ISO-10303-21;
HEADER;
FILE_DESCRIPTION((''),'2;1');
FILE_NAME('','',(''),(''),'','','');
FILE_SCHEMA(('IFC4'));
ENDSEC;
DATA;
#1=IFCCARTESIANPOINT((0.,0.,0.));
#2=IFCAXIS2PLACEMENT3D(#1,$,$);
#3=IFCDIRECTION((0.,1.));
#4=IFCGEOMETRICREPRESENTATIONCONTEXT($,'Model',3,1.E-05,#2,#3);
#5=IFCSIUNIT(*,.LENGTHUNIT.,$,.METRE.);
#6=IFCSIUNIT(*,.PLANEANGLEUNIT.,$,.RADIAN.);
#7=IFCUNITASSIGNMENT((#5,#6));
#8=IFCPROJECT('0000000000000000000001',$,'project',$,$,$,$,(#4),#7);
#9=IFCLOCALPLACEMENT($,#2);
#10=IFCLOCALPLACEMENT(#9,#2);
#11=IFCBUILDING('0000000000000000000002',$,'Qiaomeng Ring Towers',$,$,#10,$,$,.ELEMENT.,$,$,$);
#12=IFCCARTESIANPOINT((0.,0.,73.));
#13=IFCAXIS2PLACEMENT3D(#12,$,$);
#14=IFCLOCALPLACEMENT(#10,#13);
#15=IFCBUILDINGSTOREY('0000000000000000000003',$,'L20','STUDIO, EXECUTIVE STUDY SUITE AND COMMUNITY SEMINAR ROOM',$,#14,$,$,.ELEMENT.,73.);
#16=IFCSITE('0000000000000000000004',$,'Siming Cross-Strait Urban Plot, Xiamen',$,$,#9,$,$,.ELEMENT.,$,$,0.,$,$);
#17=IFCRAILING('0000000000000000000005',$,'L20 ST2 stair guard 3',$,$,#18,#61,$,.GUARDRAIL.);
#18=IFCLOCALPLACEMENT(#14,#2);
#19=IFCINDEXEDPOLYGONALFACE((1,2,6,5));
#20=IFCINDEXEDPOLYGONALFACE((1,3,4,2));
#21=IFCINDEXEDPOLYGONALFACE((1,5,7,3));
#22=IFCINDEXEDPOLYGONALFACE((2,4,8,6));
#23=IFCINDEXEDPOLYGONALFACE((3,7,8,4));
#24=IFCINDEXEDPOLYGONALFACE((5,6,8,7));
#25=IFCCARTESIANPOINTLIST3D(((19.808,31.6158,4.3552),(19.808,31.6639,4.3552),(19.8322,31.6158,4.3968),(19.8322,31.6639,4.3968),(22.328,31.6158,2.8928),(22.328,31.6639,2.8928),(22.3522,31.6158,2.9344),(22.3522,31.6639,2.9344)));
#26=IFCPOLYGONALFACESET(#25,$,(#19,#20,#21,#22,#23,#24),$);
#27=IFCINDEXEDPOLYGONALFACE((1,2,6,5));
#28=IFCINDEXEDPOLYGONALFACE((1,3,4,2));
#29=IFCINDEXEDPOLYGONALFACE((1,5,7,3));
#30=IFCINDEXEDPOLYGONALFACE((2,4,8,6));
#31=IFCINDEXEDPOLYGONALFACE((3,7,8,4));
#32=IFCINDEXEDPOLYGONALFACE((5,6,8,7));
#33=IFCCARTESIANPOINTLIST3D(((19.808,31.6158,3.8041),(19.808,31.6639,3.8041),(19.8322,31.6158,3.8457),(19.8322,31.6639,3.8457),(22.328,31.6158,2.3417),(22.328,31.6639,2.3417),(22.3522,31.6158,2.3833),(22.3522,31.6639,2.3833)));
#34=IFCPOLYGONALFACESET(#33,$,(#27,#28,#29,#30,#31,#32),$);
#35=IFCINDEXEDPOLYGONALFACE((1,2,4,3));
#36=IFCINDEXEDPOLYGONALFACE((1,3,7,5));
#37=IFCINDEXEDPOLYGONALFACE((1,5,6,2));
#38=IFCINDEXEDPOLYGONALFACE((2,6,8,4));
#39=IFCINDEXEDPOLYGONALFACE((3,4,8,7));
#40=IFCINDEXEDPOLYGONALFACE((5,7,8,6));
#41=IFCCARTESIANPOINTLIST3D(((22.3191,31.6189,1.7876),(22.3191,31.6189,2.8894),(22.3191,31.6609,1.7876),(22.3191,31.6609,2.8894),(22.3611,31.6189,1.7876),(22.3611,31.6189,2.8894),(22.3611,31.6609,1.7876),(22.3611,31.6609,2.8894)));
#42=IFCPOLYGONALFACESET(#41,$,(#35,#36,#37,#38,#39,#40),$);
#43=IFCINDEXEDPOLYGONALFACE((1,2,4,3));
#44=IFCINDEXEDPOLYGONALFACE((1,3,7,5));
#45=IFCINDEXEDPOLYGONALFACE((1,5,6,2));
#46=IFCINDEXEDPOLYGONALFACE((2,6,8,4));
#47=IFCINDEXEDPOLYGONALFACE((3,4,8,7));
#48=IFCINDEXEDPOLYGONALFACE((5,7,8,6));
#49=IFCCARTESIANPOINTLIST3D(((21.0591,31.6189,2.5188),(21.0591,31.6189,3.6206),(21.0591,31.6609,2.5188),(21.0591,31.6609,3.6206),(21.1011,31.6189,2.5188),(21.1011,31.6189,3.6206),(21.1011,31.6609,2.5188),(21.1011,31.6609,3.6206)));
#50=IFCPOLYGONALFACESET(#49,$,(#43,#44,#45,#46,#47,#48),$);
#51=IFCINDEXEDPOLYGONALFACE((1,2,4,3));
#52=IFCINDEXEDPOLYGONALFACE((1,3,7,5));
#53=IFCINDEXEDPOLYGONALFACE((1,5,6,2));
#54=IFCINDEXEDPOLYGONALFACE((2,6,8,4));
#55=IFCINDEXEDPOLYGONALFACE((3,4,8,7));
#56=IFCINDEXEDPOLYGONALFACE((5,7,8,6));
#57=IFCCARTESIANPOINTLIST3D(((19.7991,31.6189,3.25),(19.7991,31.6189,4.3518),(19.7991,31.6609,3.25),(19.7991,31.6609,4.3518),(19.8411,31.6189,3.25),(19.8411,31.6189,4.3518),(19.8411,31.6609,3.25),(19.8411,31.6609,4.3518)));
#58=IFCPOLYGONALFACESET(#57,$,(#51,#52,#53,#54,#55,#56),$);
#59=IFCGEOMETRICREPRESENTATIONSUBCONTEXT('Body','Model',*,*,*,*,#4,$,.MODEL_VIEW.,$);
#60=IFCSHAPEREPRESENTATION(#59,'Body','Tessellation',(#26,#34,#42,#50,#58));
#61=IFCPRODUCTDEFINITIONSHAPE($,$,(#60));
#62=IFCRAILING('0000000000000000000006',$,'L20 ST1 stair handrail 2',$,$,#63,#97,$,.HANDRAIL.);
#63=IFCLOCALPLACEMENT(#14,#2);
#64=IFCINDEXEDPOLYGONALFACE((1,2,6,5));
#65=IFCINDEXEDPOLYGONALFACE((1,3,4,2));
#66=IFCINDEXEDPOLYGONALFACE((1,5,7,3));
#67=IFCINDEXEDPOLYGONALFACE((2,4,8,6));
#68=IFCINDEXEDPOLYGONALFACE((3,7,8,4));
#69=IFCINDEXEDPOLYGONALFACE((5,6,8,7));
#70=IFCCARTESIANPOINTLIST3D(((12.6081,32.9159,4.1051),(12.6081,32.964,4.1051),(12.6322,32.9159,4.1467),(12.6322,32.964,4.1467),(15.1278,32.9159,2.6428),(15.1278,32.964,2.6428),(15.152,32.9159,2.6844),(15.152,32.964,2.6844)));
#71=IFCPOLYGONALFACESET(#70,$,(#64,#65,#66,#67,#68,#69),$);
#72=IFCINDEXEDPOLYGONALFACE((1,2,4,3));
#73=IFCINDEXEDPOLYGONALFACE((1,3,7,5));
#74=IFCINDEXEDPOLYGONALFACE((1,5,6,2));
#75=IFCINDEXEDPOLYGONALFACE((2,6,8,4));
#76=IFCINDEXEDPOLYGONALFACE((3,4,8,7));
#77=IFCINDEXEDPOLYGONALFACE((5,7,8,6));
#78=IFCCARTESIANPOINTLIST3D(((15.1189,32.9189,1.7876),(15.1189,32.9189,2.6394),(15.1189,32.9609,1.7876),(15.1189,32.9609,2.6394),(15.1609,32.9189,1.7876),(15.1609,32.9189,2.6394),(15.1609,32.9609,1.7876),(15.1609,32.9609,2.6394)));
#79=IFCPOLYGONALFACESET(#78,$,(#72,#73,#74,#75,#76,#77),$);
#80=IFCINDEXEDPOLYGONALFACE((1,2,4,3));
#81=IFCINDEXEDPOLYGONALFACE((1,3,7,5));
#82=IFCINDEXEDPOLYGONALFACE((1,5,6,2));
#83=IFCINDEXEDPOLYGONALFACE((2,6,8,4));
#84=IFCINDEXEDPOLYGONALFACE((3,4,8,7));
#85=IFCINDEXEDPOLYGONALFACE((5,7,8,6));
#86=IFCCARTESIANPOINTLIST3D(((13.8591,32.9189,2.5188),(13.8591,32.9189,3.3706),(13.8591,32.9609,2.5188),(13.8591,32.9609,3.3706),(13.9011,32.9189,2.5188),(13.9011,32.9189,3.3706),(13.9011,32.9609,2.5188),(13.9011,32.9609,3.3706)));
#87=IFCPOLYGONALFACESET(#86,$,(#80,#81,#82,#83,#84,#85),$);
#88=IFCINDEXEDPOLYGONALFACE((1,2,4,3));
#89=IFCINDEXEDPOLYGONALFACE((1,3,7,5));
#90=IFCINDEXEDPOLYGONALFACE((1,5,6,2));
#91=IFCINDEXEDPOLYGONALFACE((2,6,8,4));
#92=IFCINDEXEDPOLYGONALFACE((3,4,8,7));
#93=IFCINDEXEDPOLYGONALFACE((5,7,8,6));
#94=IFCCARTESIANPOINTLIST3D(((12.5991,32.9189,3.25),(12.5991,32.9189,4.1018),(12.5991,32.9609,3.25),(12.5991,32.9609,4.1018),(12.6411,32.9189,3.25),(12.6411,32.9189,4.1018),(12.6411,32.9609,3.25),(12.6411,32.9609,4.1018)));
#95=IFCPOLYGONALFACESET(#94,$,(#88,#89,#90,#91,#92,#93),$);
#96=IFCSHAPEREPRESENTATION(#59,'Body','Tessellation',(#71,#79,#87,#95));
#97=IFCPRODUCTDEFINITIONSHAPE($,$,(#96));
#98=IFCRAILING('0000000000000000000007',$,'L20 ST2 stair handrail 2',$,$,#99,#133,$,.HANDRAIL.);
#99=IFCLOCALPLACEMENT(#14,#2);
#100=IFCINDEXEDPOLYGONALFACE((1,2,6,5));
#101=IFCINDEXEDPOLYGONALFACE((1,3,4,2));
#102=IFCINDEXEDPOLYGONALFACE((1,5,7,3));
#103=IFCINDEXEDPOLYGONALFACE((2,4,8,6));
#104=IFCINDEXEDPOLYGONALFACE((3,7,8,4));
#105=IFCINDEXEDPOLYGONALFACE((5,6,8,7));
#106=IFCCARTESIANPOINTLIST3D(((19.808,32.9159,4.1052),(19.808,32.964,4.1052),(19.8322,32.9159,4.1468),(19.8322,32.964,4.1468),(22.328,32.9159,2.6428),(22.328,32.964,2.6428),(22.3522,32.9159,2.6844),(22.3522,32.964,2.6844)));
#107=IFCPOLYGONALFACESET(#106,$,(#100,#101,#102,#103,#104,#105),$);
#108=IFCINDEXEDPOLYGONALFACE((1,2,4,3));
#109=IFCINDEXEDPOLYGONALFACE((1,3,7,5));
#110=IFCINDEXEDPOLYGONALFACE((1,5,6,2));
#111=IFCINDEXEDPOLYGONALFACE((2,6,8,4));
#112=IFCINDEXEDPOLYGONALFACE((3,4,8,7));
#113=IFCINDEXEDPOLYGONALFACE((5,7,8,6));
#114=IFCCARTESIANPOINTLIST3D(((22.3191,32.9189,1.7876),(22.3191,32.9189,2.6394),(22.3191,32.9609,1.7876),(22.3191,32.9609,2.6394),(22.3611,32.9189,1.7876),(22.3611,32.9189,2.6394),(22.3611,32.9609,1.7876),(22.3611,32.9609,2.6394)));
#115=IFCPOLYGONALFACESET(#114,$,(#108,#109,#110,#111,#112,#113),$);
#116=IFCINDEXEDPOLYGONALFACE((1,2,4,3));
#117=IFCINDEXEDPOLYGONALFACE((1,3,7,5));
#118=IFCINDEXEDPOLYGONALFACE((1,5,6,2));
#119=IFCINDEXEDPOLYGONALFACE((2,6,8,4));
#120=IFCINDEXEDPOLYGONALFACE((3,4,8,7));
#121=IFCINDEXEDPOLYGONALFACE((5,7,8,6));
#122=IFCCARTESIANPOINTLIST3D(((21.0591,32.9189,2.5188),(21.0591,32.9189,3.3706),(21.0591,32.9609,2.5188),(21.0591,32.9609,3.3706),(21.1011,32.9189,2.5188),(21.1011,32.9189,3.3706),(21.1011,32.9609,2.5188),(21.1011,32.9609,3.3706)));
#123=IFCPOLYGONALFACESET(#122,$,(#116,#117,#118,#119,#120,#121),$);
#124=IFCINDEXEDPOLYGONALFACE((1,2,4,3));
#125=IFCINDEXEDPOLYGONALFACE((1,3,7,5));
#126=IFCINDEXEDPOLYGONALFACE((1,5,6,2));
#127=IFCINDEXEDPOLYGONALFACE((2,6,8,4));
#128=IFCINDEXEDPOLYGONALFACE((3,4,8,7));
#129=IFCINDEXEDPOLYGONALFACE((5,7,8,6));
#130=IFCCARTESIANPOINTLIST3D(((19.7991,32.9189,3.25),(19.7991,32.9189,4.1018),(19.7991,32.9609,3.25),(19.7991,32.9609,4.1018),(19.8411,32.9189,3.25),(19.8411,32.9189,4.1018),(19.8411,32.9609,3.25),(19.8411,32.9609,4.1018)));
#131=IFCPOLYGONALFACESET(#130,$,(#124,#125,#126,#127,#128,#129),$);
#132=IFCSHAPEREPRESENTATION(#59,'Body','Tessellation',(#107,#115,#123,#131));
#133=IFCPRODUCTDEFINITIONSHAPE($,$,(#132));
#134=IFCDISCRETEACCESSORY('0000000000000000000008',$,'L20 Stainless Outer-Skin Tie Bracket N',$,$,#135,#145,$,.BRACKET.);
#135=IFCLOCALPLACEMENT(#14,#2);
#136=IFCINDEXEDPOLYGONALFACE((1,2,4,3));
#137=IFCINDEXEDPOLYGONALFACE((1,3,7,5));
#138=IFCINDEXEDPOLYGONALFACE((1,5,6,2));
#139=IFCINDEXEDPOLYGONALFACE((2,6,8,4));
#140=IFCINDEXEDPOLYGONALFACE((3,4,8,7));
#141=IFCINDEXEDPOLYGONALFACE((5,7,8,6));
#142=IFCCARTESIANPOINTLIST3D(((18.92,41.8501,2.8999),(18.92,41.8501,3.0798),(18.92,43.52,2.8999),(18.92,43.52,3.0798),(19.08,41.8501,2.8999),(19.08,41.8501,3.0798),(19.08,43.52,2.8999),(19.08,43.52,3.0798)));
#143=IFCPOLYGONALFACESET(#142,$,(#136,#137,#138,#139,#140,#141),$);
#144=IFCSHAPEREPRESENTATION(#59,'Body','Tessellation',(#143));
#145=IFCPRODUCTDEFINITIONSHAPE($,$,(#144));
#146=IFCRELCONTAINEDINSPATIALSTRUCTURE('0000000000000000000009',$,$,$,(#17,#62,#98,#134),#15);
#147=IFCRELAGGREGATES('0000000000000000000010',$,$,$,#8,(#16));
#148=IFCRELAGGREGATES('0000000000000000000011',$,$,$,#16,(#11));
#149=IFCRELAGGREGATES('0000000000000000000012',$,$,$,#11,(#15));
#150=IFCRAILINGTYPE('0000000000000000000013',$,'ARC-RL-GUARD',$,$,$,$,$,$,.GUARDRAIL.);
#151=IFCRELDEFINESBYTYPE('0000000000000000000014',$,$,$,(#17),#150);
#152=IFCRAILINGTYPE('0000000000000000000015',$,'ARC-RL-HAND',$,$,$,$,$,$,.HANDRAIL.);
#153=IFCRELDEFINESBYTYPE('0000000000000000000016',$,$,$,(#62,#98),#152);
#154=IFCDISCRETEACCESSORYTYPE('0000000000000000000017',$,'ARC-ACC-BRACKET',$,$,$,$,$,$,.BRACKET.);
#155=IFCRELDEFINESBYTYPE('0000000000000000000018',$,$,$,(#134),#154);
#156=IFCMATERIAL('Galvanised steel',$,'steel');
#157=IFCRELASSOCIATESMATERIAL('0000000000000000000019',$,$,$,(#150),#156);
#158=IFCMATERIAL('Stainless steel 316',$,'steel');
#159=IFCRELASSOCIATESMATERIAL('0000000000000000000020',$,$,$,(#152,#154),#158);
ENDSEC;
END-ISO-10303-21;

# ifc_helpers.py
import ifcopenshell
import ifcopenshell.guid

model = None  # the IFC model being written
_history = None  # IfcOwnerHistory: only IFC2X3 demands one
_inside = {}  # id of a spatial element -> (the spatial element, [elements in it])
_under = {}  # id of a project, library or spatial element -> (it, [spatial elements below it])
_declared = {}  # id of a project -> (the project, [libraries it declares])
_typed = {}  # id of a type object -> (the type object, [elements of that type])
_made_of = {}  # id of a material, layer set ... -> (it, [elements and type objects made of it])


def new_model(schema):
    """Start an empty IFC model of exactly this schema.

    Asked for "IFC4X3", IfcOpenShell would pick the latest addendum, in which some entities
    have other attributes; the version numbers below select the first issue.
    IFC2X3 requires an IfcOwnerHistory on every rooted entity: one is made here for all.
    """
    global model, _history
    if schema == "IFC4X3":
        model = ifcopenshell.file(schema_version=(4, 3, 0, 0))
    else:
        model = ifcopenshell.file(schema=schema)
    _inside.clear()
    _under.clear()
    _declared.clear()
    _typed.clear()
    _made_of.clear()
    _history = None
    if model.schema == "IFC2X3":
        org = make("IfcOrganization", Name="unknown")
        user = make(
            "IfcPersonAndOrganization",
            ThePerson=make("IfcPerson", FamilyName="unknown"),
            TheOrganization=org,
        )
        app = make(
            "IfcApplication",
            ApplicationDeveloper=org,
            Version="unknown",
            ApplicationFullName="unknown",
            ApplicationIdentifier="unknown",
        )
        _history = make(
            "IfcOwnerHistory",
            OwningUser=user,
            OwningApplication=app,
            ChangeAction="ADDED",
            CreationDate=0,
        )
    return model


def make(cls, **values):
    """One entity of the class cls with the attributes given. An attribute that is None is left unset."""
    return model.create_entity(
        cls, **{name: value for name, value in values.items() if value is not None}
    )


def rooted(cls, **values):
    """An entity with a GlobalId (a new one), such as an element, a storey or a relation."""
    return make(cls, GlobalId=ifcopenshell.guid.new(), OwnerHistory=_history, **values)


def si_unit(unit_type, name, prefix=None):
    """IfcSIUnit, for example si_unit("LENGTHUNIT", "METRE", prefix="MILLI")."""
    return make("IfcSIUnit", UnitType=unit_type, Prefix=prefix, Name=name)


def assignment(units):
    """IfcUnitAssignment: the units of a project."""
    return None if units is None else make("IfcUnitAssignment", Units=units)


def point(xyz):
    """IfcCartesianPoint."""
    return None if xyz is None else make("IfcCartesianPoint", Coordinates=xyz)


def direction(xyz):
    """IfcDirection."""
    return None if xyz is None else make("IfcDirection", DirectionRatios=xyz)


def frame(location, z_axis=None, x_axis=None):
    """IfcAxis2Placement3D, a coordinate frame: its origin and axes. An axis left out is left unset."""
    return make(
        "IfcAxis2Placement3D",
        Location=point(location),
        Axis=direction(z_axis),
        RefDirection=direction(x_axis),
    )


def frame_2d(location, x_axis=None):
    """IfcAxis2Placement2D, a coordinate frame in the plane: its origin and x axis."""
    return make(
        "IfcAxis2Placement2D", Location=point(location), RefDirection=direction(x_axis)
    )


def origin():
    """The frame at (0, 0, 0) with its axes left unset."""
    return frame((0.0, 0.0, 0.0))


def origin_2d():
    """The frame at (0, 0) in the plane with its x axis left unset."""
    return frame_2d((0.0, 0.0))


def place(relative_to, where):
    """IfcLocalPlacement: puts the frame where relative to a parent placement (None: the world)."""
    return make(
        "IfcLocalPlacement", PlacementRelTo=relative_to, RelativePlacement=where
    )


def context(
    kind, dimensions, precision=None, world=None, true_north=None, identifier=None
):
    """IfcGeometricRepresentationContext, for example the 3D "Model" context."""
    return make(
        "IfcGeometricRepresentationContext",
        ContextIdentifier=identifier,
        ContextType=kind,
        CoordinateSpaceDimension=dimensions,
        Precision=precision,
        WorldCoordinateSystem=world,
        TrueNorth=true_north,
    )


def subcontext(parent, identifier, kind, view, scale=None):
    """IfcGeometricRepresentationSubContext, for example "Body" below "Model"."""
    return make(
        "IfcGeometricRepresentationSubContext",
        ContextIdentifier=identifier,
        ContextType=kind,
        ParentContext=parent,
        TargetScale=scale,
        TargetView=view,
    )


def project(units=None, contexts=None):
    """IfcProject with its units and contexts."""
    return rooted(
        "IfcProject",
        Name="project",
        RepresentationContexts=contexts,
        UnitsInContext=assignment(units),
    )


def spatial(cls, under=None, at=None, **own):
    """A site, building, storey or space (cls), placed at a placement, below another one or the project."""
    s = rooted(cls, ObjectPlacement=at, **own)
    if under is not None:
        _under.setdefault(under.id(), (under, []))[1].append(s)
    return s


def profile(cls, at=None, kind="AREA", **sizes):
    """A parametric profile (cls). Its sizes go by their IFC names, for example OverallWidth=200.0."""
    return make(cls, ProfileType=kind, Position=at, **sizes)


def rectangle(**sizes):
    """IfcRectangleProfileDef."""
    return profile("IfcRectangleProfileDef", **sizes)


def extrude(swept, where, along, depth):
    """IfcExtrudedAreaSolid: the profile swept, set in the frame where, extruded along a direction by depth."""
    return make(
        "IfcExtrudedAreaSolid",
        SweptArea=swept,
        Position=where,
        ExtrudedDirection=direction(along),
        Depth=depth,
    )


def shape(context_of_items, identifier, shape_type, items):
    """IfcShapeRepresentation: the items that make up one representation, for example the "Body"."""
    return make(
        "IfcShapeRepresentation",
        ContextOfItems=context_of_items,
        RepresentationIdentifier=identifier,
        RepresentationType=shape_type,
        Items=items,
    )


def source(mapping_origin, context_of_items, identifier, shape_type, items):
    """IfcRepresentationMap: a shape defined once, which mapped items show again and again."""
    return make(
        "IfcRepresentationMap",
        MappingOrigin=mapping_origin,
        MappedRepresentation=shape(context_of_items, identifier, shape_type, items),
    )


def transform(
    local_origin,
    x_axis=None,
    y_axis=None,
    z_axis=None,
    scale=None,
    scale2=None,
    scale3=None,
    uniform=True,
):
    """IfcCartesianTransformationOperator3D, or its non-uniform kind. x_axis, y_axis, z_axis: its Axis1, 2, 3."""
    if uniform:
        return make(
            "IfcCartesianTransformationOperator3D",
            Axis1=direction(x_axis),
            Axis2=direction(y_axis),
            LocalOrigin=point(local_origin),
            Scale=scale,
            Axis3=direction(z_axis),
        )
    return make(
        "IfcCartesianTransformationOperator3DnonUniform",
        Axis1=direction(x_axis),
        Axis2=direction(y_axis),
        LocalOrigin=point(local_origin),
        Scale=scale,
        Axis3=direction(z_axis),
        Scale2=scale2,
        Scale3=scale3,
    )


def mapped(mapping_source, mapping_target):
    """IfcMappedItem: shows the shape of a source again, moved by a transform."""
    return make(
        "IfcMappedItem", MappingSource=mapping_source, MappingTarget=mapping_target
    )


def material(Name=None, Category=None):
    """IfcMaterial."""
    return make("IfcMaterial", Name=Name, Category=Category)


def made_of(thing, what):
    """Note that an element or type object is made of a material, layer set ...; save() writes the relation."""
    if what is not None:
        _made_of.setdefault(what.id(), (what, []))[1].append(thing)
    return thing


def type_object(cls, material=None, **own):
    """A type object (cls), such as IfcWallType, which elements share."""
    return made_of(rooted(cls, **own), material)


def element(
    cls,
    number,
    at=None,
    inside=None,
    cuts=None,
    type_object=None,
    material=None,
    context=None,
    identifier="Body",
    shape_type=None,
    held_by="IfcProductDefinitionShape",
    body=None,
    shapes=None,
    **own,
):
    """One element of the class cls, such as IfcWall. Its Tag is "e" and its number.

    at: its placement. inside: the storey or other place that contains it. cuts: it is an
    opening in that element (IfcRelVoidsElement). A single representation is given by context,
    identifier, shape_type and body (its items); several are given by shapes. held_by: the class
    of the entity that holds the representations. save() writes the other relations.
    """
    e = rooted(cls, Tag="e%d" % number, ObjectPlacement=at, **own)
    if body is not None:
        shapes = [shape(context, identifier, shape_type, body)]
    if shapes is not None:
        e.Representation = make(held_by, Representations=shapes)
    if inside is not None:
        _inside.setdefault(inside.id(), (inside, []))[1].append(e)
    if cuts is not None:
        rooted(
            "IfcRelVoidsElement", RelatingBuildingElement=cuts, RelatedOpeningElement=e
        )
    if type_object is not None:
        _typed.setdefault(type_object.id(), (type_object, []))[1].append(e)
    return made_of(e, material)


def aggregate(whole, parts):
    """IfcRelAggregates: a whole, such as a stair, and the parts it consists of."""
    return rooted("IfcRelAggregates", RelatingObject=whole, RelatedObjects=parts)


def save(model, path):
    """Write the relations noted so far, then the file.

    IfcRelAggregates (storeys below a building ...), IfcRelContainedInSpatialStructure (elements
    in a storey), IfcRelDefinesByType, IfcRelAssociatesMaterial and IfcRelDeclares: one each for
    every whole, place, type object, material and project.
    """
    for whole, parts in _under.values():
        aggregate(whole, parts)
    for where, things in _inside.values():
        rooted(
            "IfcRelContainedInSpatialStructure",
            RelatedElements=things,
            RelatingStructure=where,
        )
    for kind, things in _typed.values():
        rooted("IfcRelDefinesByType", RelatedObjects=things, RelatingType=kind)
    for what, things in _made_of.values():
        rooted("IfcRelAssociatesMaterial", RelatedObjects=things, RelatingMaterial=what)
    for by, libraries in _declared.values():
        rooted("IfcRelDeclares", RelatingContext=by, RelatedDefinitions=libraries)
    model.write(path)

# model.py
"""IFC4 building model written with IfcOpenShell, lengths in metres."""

from ifc_helpers import new_model, si_unit, direction, frame, origin, origin_2d, place, context, subcontext, project, spatial, rectangle, extrude, source, transform, mapped, material, type_object, element, save


model = new_model("IFC4")

# Units and contexts
model_context = context("Model", 3, precision=1e-05, world=origin(), true_north=direction((0.0, 1.0)))
body_context = subcontext(model_context, "Body", "Model", "MODEL_VIEW")
ifc_project = project(units=[si_unit("LENGTHUNIT", "METRE"), si_unit("PLANEANGLEUNIT", "RADIAN")], contexts=[model_context])

# Site, building, storey
site_placement = place(None, origin())
site = spatial("IfcSite", under=ifc_project, at=site_placement, Name="Siming Cross-Strait Urban Plot, Xiamen", CompositionType="ELEMENT", RefElevation=0.0)
building_placement = place(site_placement, origin())
building = spatial("IfcBuilding", under=site, at=building_placement, Name="Qiaomeng Ring Towers", CompositionType="ELEMENT")
storey_placement = place(building_placement, frame((0.0, 0.0, 73.0)))
storey = spatial("IfcBuildingStorey", under=building, at=storey_placement, Name="L20", Description="STUDIO, EXECUTIVE STUDY SUITE AND COMMUNITY SEMINAR ROOM", CompositionType="ELEMENT", Elevation=73.0)

# Shared definitions
ifc_material_1 = material(Name="Galvanised steel", Category="steel")

# Railings
railing_type_1 = type_object("IfcRailingType", Name="ARC-RL-GUARD", PredefinedType="GUARDRAIL", material=ifc_material_1)
railing_1_placement = place(storey_placement, frame((22.3401, 31.6399, 1.7876)))
element("IfcRailing", 1, at=railing_1_placement, inside=storey, type_object=railing_type_1, Name="L20 ST2 stair guard 3", PredefinedType="GUARDRAIL", context=body_context, shape_type="SweptSolid", body=[
    extrude(rectangle(XDim=0.0481, YDim=0.0481, at=origin_2d()), frame((0.0, 0.0, 1.126), z_axis=(-0.864913, 0.0, 0.501921), x_axis=(0.0, -1.0, 0.0)), (0.0, 0.0, 1.0), 2.9136),
    extrude(rectangle(XDim=0.0481, YDim=0.0481, at=origin_2d()), frame((0.0, 0.0, 0.575), z_axis=(-0.864913, 0.0, 0.501921), x_axis=(0.0, -1.0, 0.0)), (0.0, 0.0, 1.0), 2.9136),
    extrude(rectangle(XDim=0.042, YDim=0.042, at=origin_2d()), origin(), (0.0, 0.0, 1.0), 1.1018),
    extrude(rectangle(XDim=0.042, YDim=0.042, at=origin_2d()), frame((-1.26, 0.0, 0.7312)), (0.0, 0.0, 1.0), 1.1018),
    extrude(rectangle(XDim=0.042, YDim=0.042, at=origin_2d()), frame((-2.52, 0.0, 1.4624)), (0.0, 0.0, 1.0), 1.1018),
])
ifc_material_2 = material(Name="Stainless steel 316", Category="steel")
railing_type_2 = type_object("IfcRailingType", Name="ARC-RL-HAND", PredefinedType="HANDRAIL", material=ifc_material_2)
railing_2_placement = place(storey_placement, frame((15.1399, 32.9399, 1.7876)))
element("IfcRailing", 2, at=railing_2_placement, inside=storey, type_object=railing_type_2, Name="L20 ST1 stair handrail 2", PredefinedType="HANDRAIL", context=body_context, shape_type="SweptSolid", body=[
    extrude(rectangle(XDim=0.0481, YDim=0.0481, at=origin_2d()), frame((0.0, 0.0, 0.876), z_axis=(-0.864892, 0.0, 0.501958), x_axis=(0.0, -1.0, 0.0)), (0.0, 0.0, 1.0), 2.9133),
    extrude(rectangle(XDim=0.042, YDim=0.042, at=origin_2d()), origin(), (0.0, 0.0, 1.0), 0.8518),
    extrude(rectangle(XDim=0.042, YDim=0.042, at=origin_2d()), frame((-1.2598, 0.0, 0.7312)), (0.0, 0.0, 1.0), 0.8518),
    extrude(rectangle(XDim=0.042, YDim=0.042, at=origin_2d()), frame((-2.5198, 0.0, 1.4624)), (0.0, 0.0, 1.0), 0.8518),
])
railing_3_placement = place(storey_placement, frame((22.3401, 32.9399, 1.7876)))
element("IfcRailing", 3, at=railing_3_placement, inside=storey, type_object=railing_type_2, Name="L20 ST2 stair handrail 2", PredefinedType="HANDRAIL", context=body_context, shape_type="SweptSolid", body=[
    extrude(rectangle(XDim=0.0481, YDim=0.0481, at=origin_2d()), frame((0.0, 0.0, 0.876), z_axis=(-0.864913, 0.0, 0.501921), x_axis=(0.0, -1.0, 0.0)), (0.0, 0.0, 1.0), 2.9136),
    extrude(rectangle(XDim=0.042, YDim=0.042, at=origin_2d()), origin(), (0.0, 0.0, 1.0), 0.8518),
    extrude(rectangle(XDim=0.042, YDim=0.042, at=origin_2d()), frame((-1.26, 0.0, 0.7312)), (0.0, 0.0, 1.0), 0.8518),
    extrude(rectangle(XDim=0.042, YDim=0.042, at=origin_2d()), frame((-2.52, 0.0, 1.4624)), (0.0, 0.0, 1.0), 0.8518),
])

# Discrete accessory
discrete_accessory_type = type_object("IfcDiscreteAccessoryType", Name="ARC-ACC-BRACKET", PredefinedType="BRACKET", material=ifc_material_2)
shared_shape_1 = source(origin(), body_context, "Body", "SweptSolid", [
    extrude(rectangle(XDim=0.1599, YDim=1.6699, at=origin_2d()), origin(), (0.0, 0.0, 1.0), 0.1799),
])
discrete_accessory_placement = place(storey_placement, frame((19.0, 42.6851, 2.8999), z_axis=(0.0, 0.0, 1.0), x_axis=(1.0, 0.0, 0.0)))
element("IfcDiscreteAccessory", 4, at=discrete_accessory_placement, inside=storey, type_object=discrete_accessory_type, Name="L20 Stainless Outer-Skin Tie Bracket N", PredefinedType="BRACKET", context=body_context, shape_type="MappedRepresentation", body=[
    mapped(shared_shape_1, transform((0.0, 0.0, 0.0), x_axis=(1.0, 0.0, 0.0), y_axis=(0.0, 1.0, 0.0), z_axis=(0.0, 0.0, 1.0), scale=1.0)),
])

save(model, "model.ifc")
